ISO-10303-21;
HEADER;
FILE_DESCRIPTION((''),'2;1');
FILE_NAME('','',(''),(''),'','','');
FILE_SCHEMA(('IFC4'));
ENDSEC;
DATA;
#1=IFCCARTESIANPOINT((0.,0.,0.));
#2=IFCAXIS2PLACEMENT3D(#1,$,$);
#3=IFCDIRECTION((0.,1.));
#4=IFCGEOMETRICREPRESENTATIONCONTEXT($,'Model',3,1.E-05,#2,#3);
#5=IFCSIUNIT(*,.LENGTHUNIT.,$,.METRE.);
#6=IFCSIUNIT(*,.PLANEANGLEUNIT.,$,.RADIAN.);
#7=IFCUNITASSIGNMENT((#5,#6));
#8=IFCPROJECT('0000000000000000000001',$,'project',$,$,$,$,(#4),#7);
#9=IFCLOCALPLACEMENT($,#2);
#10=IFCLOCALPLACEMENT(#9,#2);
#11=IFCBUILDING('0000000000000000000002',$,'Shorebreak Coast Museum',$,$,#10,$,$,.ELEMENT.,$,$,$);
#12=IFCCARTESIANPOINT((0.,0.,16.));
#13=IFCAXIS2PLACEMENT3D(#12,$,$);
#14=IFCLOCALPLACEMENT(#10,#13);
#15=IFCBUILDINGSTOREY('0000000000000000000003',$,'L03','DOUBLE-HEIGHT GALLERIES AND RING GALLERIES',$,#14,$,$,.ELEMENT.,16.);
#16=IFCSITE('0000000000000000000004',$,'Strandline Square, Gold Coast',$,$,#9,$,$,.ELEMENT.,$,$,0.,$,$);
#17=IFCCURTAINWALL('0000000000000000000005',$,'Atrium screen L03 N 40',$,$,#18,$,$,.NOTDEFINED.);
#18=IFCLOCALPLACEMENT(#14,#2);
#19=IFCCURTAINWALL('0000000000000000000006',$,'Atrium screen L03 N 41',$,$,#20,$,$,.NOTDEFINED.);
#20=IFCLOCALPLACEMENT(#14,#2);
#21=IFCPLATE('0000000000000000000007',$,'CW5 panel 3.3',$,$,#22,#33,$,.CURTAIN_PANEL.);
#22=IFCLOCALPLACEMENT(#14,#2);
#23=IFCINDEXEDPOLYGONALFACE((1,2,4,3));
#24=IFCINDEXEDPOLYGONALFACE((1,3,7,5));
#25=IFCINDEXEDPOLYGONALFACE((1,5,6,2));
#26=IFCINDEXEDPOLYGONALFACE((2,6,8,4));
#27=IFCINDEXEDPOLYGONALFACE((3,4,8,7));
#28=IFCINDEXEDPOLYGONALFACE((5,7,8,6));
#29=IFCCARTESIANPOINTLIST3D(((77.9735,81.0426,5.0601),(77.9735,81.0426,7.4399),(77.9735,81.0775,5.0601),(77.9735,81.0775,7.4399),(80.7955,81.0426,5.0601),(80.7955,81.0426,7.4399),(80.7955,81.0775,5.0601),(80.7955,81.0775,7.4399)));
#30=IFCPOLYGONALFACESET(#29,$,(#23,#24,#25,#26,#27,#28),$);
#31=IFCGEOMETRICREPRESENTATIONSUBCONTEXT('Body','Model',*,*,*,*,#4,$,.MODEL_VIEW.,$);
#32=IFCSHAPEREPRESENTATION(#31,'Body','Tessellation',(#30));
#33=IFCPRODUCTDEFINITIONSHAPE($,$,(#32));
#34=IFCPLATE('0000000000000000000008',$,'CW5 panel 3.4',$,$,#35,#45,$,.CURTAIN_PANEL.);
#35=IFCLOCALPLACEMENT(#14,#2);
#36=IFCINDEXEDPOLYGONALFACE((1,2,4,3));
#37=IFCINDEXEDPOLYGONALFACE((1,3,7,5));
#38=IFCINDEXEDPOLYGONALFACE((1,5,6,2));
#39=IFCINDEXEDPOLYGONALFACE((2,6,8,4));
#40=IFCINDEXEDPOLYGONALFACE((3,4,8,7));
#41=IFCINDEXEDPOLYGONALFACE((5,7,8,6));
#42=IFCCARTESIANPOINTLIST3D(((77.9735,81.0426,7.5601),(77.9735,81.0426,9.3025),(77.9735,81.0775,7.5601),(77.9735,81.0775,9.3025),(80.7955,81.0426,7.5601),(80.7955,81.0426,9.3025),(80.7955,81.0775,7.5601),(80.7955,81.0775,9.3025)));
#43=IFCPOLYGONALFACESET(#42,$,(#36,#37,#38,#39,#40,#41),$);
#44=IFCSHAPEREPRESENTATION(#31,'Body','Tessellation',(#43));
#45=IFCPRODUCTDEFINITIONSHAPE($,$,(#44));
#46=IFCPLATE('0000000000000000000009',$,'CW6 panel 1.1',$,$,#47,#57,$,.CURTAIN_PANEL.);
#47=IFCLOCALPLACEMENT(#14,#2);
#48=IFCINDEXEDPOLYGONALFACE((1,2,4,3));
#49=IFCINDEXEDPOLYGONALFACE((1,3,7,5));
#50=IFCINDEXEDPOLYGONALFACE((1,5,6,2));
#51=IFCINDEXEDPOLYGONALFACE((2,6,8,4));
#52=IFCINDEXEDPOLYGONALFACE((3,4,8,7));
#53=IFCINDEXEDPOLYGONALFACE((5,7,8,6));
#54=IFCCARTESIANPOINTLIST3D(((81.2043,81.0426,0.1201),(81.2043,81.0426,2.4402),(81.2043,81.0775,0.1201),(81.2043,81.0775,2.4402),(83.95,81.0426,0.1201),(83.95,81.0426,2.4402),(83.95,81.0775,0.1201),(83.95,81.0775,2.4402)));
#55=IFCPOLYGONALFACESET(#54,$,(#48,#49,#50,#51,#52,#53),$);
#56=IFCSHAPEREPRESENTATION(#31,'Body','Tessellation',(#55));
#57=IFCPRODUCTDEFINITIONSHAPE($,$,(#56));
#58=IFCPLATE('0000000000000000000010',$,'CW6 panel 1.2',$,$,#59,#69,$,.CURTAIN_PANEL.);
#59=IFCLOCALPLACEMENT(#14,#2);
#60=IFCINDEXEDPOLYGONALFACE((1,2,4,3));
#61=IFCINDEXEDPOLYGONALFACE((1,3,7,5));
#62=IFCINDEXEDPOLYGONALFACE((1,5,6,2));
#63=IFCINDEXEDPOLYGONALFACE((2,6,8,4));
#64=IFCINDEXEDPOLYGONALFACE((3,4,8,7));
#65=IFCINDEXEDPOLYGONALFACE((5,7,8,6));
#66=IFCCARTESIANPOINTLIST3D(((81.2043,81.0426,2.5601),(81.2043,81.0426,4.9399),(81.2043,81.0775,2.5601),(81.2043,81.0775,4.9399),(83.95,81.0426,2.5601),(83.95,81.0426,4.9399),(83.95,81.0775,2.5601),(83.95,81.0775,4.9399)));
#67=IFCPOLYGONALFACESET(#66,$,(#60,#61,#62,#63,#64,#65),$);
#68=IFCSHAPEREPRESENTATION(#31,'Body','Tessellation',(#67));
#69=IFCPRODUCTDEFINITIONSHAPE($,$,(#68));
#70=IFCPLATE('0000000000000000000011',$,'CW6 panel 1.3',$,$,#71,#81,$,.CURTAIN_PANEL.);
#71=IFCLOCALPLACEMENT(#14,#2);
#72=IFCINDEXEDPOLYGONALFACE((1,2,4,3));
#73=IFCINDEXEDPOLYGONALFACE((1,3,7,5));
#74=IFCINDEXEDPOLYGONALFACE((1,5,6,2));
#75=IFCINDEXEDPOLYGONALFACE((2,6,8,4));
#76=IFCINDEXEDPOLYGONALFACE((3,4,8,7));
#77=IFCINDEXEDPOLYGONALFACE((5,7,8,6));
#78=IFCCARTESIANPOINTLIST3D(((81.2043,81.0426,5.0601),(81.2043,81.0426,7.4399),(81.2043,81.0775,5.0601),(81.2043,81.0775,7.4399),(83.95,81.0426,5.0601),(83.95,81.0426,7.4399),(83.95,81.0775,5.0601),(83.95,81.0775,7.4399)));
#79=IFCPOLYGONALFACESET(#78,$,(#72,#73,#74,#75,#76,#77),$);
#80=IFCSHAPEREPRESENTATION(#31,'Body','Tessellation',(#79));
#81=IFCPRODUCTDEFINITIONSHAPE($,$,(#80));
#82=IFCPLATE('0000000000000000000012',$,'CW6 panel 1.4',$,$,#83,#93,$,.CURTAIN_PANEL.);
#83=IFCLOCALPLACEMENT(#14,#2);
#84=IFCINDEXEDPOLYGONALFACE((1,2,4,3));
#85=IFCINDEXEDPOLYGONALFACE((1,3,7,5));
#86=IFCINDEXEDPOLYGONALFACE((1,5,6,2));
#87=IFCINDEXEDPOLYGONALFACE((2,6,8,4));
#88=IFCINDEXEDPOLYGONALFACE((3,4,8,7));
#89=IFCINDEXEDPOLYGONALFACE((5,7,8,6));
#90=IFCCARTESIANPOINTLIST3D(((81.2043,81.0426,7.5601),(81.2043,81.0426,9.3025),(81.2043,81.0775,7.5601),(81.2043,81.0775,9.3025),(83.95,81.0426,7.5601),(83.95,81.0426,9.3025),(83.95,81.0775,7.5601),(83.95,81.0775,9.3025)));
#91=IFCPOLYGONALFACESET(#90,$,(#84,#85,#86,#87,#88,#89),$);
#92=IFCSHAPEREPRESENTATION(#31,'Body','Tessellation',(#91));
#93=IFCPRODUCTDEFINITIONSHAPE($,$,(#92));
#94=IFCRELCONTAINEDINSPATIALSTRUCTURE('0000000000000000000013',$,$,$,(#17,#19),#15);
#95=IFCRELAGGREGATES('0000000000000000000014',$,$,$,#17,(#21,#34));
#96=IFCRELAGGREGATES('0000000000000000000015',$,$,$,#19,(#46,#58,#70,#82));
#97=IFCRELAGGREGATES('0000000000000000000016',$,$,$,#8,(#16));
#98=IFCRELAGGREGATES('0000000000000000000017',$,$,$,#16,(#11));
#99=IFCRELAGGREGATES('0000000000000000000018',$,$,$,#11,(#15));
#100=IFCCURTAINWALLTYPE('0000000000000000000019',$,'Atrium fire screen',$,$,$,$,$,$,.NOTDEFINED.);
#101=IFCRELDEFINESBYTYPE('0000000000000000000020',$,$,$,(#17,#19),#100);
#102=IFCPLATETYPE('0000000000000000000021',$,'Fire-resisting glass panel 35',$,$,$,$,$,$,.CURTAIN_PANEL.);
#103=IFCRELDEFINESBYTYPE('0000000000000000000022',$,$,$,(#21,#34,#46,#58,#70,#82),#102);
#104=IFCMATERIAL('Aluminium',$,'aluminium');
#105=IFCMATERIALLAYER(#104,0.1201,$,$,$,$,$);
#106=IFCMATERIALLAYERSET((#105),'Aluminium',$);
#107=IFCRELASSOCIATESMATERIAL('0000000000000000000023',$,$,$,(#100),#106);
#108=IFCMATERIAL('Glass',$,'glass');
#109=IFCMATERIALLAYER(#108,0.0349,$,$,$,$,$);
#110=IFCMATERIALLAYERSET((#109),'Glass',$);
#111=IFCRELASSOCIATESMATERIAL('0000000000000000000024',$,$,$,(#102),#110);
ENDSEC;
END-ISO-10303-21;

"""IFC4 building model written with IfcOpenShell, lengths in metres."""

from ifc_helpers import new_model, si_unit, direction, frame, origin, origin_2d, place, context, subcontext, project, spatial, rectangle, extrude, material, layer, layer_set, type_object, element, aggregate, save


model = new_model("IFC4")

# Units and contexts
model_context = context("Model", 3, precision=1e-05, world=origin(), true_north=direction((0.0, 1.0)))
body_context = subcontext(model_context, "Body", "Model", "MODEL_VIEW")
ifc_project = project(units=[si_unit("LENGTHUNIT", "METRE"), si_unit("PLANEANGLEUNIT", "RADIAN")], contexts=[model_context])

# Site, building, storey
site_placement = place(None, origin())
site = spatial("IfcSite", under=ifc_project, at=site_placement, Name="Strandline Square, Gold Coast", CompositionType="ELEMENT", RefElevation=0.0)
building_placement = place(site_placement, origin())
building = spatial("IfcBuilding", under=site, at=building_placement, Name="Shorebreak Coast Museum", CompositionType="ELEMENT")
storey_placement = place(building_placement, frame((0.0, 0.0, 16.0)))
storey = spatial("IfcBuildingStorey", under=building, at=storey_placement, Name="L03", Description="DOUBLE-HEIGHT GALLERIES AND RING GALLERIES", CompositionType="ELEMENT", Elevation=16.0)

# Curtain wall
ifc_material_1 = material(Name="Aluminium", Category="aluminium")
ifc_layer_1 = layer(ifc_material_1, 0.1201)
ifc_layer_set_1 = layer_set([ifc_layer_1], Name="Aluminium")
curtain_wall_type = type_object("IfcCurtainWallType", Name="Atrium fire screen", PredefinedType="NOTDEFINED", material=ifc_layer_set_1)
curtain_wall_1_placement = place(storey_placement, origin())
curtain_wall_1 = element("IfcCurtainWall", 1, at=curtain_wall_1_placement, inside=storey, type_object=curtain_wall_type, Name="Atrium screen L03 N 40", PredefinedType="NOTDEFINED")

# Curtain wall
curtain_wall_2_placement = place(storey_placement, origin())
curtain_wall_2 = element("IfcCurtainWall", 2, at=curtain_wall_2_placement, inside=storey, type_object=curtain_wall_type, Name="Atrium screen L03 N 41", PredefinedType="NOTDEFINED")

# Plates
ifc_material_2 = material(Name="Glass", Category="glass")
ifc_layer_2 = layer(ifc_material_2, 0.0349)
ifc_layer_set_2 = layer_set([ifc_layer_2], Name="Glass")
plate_type = type_object("IfcPlateType", Name="Fire-resisting glass panel 35", PredefinedType="CURTAIN_PANEL", material=ifc_layer_set_2)
plate_1_placement = place(storey_placement, frame((79.3845, 81.0601, 5.0601), z_axis=(0.0, 0.0, 1.0), x_axis=(1.0, 0.0, 0.0)))
plate_1 = element("IfcPlate", 3, at=plate_1_placement, type_object=plate_type, Name="CW5 panel 3.3", PredefinedType="CURTAIN_PANEL", context=body_context, shape_type="SweptSolid", body=[
    extrude(rectangle(XDim=2.822, YDim=0.0349, at=origin_2d()), origin(), (0.0, 0.0, 1.0), 2.3799),
])
plate_2_placement = place(storey_placement, frame((79.3845, 81.0601, 7.5601), z_axis=(0.0, 0.0, 1.0), x_axis=(1.0, 0.0, 0.0)))
plate_2 = element("IfcPlate", 4, at=plate_2_placement, type_object=plate_type, Name="CW5 panel 3.4", PredefinedType="CURTAIN_PANEL", context=body_context, shape_type="SweptSolid", body=[
    extrude(rectangle(XDim=2.822, YDim=0.0349, at=origin_2d()), origin(), (0.0, 0.0, 1.0), 1.7424),
])
aggregate(curtain_wall_1, [plate_1, plate_2])
plate_3_placement = place(storey_placement, frame((82.5771, 81.0601, 0.1201), z_axis=(0.0, 0.0, 1.0), x_axis=(1.0, 0.0, 0.0)))
plate_3 = element("IfcPlate", 5, at=plate_3_placement, type_object=plate_type, Name="CW6 panel 1.1", PredefinedType="CURTAIN_PANEL", context=body_context, shape_type="SweptSolid", body=[
    extrude(rectangle(XDim=2.7456, YDim=0.0349, at=origin_2d()), origin(), (0.0, 0.0, 1.0), 2.3201),
])
plate_4_placement = place(storey_placement, frame((82.5771, 81.0601, 2.5601), z_axis=(0.0, 0.0, 1.0), x_axis=(1.0, 0.0, 0.0)))
plate_4 = element("IfcPlate", 6, at=plate_4_placement, type_object=plate_type, Name="CW6 panel 1.2", PredefinedType="CURTAIN_PANEL", context=body_context, shape_type="SweptSolid", body=[
    extrude(rectangle(XDim=2.7456, YDim=0.0349, at=origin_2d()), origin(), (0.0, 0.0, 1.0), 2.3799),
])
plate_5_placement = place(storey_placement, frame((82.5771, 81.0601, 5.0601), z_axis=(0.0, 0.0, 1.0), x_axis=(1.0, 0.0, 0.0)))
plate_5 = element("IfcPlate", 7, at=plate_5_placement, type_object=plate_type, Name="CW6 panel 1.3", PredefinedType="CURTAIN_PANEL", context=body_context, shape_type="SweptSolid", body=[
    extrude(rectangle(XDim=2.7456, YDim=0.0349, at=origin_2d()), origin(), (0.0, 0.0, 1.0), 2.3799),
])
plate_6_placement = place(storey_placement, frame((82.5771, 81.0601, 7.5601), z_axis=(0.0, 0.0, 1.0), x_axis=(1.0, 0.0, 0.0)))
plate_6 = element("IfcPlate", 8, at=plate_6_placement, type_object=plate_type, Name="CW6 panel 1.4", PredefinedType="CURTAIN_PANEL", context=body_context, shape_type="SweptSolid", body=[
    extrude(rectangle(XDim=2.7456, YDim=0.0349, at=origin_2d()), origin(), (0.0, 0.0, 1.0), 1.7424),
])
aggregate(curtain_wall_2, [plate_3, plate_4, plate_5, plate_6])

save(model, "model.ifc")
